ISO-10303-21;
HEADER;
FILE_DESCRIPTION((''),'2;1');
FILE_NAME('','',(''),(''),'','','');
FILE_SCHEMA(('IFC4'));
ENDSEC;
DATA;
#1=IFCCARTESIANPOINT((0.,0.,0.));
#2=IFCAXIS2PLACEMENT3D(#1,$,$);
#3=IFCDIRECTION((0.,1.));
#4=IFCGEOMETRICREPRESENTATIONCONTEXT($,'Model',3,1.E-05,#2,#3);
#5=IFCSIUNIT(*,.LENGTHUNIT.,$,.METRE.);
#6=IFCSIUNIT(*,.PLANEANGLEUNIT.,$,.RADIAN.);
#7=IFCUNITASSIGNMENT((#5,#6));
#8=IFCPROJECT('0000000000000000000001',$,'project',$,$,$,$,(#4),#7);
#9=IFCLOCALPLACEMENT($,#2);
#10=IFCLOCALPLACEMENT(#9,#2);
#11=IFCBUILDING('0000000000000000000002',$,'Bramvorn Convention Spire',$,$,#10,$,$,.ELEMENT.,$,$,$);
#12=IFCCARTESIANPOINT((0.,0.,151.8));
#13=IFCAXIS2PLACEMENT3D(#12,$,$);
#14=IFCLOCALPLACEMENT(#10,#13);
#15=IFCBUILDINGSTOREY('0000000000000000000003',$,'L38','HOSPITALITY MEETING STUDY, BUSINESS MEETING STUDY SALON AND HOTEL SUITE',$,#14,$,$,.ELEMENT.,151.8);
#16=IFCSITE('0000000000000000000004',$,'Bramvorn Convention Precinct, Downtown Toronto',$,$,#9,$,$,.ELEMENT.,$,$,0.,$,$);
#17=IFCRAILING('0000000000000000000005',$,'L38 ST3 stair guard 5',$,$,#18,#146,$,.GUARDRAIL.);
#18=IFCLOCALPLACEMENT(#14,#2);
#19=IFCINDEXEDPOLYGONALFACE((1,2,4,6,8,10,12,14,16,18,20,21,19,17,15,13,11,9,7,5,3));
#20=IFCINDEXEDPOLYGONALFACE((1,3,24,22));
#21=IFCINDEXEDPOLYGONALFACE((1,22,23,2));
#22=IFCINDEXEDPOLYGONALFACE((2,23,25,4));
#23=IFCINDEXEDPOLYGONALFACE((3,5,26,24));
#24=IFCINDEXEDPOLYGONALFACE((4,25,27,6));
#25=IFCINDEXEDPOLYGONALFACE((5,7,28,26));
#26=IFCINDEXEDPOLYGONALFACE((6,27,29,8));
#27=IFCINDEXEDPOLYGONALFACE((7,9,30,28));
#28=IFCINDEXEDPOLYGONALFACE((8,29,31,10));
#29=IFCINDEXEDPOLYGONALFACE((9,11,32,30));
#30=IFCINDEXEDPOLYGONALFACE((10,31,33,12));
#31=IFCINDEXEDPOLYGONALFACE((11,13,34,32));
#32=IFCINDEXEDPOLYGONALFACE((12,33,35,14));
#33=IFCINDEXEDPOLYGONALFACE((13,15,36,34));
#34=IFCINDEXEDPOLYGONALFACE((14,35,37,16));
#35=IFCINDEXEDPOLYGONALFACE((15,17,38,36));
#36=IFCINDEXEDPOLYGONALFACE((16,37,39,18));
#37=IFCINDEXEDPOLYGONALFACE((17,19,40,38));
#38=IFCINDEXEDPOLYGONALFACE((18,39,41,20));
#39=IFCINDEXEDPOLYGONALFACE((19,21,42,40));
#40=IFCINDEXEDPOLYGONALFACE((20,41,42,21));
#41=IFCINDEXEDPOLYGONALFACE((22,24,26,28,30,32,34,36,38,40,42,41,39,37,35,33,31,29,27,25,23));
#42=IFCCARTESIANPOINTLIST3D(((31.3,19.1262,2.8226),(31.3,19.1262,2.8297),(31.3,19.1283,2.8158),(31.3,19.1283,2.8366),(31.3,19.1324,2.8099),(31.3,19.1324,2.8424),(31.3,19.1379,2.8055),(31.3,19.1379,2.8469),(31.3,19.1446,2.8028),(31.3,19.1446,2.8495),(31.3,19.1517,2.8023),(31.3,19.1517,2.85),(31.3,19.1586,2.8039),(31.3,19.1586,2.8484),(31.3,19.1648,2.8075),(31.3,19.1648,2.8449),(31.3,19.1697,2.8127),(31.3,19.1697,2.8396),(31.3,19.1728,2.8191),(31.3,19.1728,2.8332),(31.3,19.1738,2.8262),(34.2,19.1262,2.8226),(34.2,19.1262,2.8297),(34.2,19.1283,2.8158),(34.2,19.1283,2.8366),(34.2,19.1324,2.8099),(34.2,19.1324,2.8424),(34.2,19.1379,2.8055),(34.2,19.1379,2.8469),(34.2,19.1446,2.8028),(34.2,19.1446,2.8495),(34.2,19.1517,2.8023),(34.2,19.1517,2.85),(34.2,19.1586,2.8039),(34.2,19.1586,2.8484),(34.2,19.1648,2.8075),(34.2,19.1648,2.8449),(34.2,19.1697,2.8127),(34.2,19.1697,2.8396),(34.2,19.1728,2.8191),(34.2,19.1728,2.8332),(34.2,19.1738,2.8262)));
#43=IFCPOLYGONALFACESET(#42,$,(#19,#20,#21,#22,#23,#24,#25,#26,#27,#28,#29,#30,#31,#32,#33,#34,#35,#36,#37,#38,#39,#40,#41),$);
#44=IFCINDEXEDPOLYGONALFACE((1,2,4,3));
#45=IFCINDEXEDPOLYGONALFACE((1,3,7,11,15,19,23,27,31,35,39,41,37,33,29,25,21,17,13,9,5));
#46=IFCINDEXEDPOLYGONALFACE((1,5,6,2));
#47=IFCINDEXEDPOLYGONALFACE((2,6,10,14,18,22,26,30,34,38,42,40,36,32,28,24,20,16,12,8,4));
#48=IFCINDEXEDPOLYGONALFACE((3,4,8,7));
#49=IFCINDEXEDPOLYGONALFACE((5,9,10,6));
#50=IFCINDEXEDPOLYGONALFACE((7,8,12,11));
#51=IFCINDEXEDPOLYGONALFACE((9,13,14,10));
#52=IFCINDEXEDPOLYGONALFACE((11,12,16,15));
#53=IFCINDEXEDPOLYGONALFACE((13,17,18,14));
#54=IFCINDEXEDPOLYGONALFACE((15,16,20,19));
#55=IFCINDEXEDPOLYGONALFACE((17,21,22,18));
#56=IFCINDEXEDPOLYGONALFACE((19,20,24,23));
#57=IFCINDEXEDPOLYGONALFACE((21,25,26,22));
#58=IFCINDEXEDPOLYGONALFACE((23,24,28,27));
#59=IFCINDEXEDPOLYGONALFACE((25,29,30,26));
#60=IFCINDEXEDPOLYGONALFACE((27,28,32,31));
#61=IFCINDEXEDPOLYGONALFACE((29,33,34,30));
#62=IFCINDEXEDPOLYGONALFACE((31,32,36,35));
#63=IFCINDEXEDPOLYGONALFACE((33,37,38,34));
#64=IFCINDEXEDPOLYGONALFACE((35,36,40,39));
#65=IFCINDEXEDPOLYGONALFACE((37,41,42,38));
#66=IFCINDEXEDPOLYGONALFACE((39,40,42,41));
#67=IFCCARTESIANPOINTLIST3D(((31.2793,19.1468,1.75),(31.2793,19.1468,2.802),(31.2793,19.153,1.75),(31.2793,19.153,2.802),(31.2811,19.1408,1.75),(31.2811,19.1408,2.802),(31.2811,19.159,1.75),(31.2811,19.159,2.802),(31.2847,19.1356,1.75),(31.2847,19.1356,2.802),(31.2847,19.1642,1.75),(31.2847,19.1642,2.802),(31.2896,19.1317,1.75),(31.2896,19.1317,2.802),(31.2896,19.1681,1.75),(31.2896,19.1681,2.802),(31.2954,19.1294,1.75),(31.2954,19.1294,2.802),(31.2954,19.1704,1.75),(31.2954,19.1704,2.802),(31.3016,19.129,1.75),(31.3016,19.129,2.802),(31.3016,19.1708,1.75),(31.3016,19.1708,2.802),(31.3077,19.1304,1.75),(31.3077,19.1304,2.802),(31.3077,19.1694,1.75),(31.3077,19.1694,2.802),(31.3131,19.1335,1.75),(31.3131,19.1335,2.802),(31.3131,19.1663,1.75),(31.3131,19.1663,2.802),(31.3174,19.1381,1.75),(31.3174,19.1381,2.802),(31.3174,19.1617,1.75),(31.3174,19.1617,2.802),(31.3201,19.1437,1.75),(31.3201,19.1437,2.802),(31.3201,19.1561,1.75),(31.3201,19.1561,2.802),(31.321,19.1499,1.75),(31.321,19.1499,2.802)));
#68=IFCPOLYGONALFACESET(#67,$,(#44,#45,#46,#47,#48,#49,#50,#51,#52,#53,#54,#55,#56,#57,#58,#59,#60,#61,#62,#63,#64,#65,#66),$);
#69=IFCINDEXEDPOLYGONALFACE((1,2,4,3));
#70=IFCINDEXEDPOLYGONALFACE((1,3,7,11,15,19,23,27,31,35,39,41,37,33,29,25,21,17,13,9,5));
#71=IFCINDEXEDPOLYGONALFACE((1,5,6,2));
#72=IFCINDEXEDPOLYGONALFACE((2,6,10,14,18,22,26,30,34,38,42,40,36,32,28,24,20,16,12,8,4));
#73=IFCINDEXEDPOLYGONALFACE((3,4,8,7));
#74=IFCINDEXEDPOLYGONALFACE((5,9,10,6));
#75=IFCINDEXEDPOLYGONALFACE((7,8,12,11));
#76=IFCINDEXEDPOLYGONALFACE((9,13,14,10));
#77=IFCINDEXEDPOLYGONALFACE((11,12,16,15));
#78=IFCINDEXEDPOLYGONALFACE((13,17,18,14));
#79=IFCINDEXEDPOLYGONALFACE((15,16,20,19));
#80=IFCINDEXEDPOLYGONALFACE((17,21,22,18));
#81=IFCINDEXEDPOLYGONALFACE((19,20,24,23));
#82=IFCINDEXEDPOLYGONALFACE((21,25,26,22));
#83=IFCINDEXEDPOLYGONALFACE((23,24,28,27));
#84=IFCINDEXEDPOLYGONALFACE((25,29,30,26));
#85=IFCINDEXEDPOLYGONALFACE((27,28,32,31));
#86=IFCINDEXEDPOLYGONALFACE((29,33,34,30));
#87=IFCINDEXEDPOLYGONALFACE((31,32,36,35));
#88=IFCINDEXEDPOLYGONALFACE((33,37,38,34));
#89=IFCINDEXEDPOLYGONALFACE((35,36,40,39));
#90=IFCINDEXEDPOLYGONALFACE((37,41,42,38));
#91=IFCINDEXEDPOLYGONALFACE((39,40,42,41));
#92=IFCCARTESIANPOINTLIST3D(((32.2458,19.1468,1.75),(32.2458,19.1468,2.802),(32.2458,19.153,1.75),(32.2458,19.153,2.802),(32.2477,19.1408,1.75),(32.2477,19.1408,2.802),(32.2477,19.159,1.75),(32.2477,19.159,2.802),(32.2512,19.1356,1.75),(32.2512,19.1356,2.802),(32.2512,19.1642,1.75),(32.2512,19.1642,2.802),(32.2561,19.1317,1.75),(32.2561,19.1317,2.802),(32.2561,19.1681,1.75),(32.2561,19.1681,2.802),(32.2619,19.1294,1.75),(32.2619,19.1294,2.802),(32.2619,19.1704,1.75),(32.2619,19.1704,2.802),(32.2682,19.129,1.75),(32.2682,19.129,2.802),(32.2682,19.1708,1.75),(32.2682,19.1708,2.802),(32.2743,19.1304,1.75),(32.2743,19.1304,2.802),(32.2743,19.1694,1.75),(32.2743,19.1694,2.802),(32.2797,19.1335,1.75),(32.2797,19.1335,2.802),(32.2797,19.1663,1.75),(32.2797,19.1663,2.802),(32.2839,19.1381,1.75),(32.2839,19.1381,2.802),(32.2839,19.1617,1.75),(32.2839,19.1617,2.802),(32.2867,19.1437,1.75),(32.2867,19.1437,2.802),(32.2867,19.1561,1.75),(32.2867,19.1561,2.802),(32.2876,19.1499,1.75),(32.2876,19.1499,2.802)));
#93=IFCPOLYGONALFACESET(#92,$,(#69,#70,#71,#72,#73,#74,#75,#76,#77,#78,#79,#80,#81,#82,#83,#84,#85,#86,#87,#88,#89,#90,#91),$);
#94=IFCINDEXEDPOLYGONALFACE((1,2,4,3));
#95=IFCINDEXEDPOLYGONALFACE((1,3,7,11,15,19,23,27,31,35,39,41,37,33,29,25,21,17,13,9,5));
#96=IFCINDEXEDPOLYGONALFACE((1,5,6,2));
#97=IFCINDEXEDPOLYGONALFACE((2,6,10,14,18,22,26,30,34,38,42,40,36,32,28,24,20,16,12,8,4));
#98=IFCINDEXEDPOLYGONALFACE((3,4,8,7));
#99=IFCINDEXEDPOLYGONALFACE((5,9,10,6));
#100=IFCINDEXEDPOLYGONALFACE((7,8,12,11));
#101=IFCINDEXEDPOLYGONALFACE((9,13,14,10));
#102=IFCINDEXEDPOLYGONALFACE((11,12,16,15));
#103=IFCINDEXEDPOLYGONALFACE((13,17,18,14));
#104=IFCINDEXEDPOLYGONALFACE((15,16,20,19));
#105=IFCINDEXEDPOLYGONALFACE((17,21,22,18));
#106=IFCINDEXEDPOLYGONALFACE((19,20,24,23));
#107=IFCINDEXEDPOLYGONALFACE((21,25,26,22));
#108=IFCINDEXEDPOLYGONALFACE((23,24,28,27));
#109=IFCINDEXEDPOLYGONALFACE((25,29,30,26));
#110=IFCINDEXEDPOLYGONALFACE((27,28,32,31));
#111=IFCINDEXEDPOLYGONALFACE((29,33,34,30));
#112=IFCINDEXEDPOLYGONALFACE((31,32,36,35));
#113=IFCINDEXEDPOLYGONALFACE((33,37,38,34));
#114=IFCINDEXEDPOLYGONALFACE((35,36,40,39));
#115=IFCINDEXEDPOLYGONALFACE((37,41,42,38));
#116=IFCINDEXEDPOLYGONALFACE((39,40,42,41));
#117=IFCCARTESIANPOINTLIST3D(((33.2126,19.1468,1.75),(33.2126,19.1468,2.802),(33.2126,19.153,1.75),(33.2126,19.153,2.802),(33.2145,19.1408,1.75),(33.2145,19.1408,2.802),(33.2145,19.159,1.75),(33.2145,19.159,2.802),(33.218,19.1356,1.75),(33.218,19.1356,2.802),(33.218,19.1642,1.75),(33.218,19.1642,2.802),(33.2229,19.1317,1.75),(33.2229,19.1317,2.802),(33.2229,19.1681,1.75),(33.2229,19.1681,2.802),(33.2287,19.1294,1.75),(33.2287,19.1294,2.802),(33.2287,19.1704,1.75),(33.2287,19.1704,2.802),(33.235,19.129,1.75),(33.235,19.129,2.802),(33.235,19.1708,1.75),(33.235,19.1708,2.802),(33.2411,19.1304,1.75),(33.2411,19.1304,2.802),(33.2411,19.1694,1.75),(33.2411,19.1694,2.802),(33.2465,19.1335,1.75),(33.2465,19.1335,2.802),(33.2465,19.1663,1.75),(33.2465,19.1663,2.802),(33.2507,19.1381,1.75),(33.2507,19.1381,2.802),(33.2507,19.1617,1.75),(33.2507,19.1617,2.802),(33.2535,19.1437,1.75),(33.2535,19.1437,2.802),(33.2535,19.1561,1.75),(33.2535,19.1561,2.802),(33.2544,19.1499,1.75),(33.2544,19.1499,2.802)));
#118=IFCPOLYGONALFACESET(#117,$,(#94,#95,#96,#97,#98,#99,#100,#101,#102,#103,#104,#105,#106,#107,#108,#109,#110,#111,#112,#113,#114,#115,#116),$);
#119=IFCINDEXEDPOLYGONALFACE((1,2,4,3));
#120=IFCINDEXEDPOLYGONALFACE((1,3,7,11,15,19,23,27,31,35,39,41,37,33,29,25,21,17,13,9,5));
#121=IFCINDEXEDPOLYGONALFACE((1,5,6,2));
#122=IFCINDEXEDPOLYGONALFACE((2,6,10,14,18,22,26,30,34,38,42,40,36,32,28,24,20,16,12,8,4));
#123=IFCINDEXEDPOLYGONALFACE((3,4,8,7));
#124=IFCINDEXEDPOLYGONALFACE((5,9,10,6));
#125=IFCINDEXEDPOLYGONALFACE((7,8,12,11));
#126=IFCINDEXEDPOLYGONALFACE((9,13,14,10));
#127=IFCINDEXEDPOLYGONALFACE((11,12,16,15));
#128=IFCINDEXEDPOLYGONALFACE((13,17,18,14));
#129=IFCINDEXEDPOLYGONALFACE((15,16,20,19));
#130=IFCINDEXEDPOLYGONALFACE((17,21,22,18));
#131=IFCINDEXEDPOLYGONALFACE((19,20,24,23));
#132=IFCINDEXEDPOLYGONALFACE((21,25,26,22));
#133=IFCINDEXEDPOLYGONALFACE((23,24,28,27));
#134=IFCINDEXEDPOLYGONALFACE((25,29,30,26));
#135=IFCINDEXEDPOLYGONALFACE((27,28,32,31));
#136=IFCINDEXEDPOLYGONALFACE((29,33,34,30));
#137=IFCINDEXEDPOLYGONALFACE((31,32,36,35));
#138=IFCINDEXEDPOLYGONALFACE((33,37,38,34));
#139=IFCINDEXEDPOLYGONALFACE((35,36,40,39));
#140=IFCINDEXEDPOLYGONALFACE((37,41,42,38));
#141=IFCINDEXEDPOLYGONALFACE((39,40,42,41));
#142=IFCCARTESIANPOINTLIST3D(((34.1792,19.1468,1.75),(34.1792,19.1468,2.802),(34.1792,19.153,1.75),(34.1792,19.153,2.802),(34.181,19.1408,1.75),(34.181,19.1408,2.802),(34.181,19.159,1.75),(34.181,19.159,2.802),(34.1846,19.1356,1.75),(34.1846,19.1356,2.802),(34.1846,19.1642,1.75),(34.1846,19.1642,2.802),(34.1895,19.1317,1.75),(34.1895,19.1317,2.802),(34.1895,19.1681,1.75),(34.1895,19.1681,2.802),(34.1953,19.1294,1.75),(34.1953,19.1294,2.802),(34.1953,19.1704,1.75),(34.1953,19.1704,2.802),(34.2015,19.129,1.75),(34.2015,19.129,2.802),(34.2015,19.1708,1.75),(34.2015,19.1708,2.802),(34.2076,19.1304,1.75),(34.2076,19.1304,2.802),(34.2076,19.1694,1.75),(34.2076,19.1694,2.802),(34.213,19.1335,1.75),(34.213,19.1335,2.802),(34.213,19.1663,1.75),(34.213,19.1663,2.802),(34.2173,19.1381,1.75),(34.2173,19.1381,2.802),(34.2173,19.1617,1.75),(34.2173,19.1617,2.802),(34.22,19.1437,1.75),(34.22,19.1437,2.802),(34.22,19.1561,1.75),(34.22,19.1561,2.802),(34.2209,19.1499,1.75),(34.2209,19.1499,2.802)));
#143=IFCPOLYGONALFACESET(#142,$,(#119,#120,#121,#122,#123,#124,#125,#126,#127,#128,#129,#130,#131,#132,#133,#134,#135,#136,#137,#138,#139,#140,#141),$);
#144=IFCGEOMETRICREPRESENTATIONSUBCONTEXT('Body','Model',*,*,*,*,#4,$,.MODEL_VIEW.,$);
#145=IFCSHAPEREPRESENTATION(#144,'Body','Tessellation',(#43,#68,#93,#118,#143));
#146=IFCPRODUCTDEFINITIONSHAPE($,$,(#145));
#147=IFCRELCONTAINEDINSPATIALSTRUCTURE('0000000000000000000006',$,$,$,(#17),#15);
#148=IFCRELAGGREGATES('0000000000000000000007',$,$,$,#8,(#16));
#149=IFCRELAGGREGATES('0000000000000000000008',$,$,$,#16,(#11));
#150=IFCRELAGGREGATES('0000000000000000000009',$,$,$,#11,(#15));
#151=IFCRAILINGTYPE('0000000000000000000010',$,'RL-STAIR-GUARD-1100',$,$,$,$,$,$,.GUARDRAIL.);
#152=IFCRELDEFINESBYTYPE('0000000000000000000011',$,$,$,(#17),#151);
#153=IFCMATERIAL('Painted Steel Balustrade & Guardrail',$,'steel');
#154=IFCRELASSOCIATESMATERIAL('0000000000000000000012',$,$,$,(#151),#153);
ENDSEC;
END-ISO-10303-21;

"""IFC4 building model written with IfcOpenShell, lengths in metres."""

from ifc_helpers import new_model, si_unit, direction, frame, origin, origin_2d, place, context, subcontext, project, spatial, circle, extrude, material, type_object, element, save


model = new_model("IFC4")

# Units and contexts
model_context = context("Model", 3, precision=1e-05, world=origin(), true_north=direction((0.0, 1.0)))
body_context = subcontext(model_context, "Body", "Model", "MODEL_VIEW")
ifc_project = project(units=[si_unit("LENGTHUNIT", "METRE"), si_unit("PLANEANGLEUNIT", "RADIAN")], contexts=[model_context])

# Site, building, storey
site_placement = place(None, origin())
site = spatial("IfcSite", under=ifc_project, at=site_placement, Name="Bramvorn Convention Precinct, Downtown Toronto", CompositionType="ELEMENT", RefElevation=0.0)
building_placement = place(site_placement, origin())
building = spatial("IfcBuilding", under=site, at=building_placement, Name="Bramvorn Convention Spire", CompositionType="ELEMENT")
storey_placement = place(building_placement, frame((0.0, 0.0, 151.8)))
storey = spatial("IfcBuildingStorey", under=building, at=storey_placement, Name="L38", Description="HOSPITALITY MEETING STUDY, BUSINESS MEETING STUDY SALON AND HOTEL SUITE", CompositionType="ELEMENT", Elevation=151.8)

# Railing
ifc_material_1 = material(Name="Painted Steel Balustrade & Guardrail", Category="steel")
railing_type_1 = type_object("IfcRailingType", Name="RL-STAIR-GUARD-1100", PredefinedType="GUARDRAIL", material=ifc_material_1)
railing_1_placement = place(storey_placement, frame((31.3, 19.1499, 1.75)))
element("IfcRailing", 1, at=railing_1_placement, inside=storey, type_object=railing_type_1, Name="L38 ST3 stair guard 5", PredefinedType="GUARDRAIL", context=body_context, shape_type="SweptSolid", body=[
    extrude(circle(Radius=0.0239, at=origin_2d()), frame((0.0, 0.0, 1.0762), z_axis=(1.0, 0.0, 0.0), x_axis=(0.0, 1.0, 0.0)), (0.0, 0.0, 1.0), 2.8999),
    extrude(circle(Radius=0.021, at=origin_2d()), origin(), (0.0, 0.0, 1.0), 1.052),
    extrude(circle(Radius=0.021, at=origin_2d()), frame((0.9666, 0.0, 0.0)), (0.0, 0.0, 1.0), 1.052),
    extrude(circle(Radius=0.021, at=origin_2d()), frame((1.9333, 0.0, 0.0)), (0.0, 0.0, 1.0), 1.052),
    extrude(circle(Radius=0.021, at=origin_2d()), frame((2.8999, 0.0, 0.0)), (0.0, 0.0, 1.0), 1.052),
])

save(model, "model.ifc")
